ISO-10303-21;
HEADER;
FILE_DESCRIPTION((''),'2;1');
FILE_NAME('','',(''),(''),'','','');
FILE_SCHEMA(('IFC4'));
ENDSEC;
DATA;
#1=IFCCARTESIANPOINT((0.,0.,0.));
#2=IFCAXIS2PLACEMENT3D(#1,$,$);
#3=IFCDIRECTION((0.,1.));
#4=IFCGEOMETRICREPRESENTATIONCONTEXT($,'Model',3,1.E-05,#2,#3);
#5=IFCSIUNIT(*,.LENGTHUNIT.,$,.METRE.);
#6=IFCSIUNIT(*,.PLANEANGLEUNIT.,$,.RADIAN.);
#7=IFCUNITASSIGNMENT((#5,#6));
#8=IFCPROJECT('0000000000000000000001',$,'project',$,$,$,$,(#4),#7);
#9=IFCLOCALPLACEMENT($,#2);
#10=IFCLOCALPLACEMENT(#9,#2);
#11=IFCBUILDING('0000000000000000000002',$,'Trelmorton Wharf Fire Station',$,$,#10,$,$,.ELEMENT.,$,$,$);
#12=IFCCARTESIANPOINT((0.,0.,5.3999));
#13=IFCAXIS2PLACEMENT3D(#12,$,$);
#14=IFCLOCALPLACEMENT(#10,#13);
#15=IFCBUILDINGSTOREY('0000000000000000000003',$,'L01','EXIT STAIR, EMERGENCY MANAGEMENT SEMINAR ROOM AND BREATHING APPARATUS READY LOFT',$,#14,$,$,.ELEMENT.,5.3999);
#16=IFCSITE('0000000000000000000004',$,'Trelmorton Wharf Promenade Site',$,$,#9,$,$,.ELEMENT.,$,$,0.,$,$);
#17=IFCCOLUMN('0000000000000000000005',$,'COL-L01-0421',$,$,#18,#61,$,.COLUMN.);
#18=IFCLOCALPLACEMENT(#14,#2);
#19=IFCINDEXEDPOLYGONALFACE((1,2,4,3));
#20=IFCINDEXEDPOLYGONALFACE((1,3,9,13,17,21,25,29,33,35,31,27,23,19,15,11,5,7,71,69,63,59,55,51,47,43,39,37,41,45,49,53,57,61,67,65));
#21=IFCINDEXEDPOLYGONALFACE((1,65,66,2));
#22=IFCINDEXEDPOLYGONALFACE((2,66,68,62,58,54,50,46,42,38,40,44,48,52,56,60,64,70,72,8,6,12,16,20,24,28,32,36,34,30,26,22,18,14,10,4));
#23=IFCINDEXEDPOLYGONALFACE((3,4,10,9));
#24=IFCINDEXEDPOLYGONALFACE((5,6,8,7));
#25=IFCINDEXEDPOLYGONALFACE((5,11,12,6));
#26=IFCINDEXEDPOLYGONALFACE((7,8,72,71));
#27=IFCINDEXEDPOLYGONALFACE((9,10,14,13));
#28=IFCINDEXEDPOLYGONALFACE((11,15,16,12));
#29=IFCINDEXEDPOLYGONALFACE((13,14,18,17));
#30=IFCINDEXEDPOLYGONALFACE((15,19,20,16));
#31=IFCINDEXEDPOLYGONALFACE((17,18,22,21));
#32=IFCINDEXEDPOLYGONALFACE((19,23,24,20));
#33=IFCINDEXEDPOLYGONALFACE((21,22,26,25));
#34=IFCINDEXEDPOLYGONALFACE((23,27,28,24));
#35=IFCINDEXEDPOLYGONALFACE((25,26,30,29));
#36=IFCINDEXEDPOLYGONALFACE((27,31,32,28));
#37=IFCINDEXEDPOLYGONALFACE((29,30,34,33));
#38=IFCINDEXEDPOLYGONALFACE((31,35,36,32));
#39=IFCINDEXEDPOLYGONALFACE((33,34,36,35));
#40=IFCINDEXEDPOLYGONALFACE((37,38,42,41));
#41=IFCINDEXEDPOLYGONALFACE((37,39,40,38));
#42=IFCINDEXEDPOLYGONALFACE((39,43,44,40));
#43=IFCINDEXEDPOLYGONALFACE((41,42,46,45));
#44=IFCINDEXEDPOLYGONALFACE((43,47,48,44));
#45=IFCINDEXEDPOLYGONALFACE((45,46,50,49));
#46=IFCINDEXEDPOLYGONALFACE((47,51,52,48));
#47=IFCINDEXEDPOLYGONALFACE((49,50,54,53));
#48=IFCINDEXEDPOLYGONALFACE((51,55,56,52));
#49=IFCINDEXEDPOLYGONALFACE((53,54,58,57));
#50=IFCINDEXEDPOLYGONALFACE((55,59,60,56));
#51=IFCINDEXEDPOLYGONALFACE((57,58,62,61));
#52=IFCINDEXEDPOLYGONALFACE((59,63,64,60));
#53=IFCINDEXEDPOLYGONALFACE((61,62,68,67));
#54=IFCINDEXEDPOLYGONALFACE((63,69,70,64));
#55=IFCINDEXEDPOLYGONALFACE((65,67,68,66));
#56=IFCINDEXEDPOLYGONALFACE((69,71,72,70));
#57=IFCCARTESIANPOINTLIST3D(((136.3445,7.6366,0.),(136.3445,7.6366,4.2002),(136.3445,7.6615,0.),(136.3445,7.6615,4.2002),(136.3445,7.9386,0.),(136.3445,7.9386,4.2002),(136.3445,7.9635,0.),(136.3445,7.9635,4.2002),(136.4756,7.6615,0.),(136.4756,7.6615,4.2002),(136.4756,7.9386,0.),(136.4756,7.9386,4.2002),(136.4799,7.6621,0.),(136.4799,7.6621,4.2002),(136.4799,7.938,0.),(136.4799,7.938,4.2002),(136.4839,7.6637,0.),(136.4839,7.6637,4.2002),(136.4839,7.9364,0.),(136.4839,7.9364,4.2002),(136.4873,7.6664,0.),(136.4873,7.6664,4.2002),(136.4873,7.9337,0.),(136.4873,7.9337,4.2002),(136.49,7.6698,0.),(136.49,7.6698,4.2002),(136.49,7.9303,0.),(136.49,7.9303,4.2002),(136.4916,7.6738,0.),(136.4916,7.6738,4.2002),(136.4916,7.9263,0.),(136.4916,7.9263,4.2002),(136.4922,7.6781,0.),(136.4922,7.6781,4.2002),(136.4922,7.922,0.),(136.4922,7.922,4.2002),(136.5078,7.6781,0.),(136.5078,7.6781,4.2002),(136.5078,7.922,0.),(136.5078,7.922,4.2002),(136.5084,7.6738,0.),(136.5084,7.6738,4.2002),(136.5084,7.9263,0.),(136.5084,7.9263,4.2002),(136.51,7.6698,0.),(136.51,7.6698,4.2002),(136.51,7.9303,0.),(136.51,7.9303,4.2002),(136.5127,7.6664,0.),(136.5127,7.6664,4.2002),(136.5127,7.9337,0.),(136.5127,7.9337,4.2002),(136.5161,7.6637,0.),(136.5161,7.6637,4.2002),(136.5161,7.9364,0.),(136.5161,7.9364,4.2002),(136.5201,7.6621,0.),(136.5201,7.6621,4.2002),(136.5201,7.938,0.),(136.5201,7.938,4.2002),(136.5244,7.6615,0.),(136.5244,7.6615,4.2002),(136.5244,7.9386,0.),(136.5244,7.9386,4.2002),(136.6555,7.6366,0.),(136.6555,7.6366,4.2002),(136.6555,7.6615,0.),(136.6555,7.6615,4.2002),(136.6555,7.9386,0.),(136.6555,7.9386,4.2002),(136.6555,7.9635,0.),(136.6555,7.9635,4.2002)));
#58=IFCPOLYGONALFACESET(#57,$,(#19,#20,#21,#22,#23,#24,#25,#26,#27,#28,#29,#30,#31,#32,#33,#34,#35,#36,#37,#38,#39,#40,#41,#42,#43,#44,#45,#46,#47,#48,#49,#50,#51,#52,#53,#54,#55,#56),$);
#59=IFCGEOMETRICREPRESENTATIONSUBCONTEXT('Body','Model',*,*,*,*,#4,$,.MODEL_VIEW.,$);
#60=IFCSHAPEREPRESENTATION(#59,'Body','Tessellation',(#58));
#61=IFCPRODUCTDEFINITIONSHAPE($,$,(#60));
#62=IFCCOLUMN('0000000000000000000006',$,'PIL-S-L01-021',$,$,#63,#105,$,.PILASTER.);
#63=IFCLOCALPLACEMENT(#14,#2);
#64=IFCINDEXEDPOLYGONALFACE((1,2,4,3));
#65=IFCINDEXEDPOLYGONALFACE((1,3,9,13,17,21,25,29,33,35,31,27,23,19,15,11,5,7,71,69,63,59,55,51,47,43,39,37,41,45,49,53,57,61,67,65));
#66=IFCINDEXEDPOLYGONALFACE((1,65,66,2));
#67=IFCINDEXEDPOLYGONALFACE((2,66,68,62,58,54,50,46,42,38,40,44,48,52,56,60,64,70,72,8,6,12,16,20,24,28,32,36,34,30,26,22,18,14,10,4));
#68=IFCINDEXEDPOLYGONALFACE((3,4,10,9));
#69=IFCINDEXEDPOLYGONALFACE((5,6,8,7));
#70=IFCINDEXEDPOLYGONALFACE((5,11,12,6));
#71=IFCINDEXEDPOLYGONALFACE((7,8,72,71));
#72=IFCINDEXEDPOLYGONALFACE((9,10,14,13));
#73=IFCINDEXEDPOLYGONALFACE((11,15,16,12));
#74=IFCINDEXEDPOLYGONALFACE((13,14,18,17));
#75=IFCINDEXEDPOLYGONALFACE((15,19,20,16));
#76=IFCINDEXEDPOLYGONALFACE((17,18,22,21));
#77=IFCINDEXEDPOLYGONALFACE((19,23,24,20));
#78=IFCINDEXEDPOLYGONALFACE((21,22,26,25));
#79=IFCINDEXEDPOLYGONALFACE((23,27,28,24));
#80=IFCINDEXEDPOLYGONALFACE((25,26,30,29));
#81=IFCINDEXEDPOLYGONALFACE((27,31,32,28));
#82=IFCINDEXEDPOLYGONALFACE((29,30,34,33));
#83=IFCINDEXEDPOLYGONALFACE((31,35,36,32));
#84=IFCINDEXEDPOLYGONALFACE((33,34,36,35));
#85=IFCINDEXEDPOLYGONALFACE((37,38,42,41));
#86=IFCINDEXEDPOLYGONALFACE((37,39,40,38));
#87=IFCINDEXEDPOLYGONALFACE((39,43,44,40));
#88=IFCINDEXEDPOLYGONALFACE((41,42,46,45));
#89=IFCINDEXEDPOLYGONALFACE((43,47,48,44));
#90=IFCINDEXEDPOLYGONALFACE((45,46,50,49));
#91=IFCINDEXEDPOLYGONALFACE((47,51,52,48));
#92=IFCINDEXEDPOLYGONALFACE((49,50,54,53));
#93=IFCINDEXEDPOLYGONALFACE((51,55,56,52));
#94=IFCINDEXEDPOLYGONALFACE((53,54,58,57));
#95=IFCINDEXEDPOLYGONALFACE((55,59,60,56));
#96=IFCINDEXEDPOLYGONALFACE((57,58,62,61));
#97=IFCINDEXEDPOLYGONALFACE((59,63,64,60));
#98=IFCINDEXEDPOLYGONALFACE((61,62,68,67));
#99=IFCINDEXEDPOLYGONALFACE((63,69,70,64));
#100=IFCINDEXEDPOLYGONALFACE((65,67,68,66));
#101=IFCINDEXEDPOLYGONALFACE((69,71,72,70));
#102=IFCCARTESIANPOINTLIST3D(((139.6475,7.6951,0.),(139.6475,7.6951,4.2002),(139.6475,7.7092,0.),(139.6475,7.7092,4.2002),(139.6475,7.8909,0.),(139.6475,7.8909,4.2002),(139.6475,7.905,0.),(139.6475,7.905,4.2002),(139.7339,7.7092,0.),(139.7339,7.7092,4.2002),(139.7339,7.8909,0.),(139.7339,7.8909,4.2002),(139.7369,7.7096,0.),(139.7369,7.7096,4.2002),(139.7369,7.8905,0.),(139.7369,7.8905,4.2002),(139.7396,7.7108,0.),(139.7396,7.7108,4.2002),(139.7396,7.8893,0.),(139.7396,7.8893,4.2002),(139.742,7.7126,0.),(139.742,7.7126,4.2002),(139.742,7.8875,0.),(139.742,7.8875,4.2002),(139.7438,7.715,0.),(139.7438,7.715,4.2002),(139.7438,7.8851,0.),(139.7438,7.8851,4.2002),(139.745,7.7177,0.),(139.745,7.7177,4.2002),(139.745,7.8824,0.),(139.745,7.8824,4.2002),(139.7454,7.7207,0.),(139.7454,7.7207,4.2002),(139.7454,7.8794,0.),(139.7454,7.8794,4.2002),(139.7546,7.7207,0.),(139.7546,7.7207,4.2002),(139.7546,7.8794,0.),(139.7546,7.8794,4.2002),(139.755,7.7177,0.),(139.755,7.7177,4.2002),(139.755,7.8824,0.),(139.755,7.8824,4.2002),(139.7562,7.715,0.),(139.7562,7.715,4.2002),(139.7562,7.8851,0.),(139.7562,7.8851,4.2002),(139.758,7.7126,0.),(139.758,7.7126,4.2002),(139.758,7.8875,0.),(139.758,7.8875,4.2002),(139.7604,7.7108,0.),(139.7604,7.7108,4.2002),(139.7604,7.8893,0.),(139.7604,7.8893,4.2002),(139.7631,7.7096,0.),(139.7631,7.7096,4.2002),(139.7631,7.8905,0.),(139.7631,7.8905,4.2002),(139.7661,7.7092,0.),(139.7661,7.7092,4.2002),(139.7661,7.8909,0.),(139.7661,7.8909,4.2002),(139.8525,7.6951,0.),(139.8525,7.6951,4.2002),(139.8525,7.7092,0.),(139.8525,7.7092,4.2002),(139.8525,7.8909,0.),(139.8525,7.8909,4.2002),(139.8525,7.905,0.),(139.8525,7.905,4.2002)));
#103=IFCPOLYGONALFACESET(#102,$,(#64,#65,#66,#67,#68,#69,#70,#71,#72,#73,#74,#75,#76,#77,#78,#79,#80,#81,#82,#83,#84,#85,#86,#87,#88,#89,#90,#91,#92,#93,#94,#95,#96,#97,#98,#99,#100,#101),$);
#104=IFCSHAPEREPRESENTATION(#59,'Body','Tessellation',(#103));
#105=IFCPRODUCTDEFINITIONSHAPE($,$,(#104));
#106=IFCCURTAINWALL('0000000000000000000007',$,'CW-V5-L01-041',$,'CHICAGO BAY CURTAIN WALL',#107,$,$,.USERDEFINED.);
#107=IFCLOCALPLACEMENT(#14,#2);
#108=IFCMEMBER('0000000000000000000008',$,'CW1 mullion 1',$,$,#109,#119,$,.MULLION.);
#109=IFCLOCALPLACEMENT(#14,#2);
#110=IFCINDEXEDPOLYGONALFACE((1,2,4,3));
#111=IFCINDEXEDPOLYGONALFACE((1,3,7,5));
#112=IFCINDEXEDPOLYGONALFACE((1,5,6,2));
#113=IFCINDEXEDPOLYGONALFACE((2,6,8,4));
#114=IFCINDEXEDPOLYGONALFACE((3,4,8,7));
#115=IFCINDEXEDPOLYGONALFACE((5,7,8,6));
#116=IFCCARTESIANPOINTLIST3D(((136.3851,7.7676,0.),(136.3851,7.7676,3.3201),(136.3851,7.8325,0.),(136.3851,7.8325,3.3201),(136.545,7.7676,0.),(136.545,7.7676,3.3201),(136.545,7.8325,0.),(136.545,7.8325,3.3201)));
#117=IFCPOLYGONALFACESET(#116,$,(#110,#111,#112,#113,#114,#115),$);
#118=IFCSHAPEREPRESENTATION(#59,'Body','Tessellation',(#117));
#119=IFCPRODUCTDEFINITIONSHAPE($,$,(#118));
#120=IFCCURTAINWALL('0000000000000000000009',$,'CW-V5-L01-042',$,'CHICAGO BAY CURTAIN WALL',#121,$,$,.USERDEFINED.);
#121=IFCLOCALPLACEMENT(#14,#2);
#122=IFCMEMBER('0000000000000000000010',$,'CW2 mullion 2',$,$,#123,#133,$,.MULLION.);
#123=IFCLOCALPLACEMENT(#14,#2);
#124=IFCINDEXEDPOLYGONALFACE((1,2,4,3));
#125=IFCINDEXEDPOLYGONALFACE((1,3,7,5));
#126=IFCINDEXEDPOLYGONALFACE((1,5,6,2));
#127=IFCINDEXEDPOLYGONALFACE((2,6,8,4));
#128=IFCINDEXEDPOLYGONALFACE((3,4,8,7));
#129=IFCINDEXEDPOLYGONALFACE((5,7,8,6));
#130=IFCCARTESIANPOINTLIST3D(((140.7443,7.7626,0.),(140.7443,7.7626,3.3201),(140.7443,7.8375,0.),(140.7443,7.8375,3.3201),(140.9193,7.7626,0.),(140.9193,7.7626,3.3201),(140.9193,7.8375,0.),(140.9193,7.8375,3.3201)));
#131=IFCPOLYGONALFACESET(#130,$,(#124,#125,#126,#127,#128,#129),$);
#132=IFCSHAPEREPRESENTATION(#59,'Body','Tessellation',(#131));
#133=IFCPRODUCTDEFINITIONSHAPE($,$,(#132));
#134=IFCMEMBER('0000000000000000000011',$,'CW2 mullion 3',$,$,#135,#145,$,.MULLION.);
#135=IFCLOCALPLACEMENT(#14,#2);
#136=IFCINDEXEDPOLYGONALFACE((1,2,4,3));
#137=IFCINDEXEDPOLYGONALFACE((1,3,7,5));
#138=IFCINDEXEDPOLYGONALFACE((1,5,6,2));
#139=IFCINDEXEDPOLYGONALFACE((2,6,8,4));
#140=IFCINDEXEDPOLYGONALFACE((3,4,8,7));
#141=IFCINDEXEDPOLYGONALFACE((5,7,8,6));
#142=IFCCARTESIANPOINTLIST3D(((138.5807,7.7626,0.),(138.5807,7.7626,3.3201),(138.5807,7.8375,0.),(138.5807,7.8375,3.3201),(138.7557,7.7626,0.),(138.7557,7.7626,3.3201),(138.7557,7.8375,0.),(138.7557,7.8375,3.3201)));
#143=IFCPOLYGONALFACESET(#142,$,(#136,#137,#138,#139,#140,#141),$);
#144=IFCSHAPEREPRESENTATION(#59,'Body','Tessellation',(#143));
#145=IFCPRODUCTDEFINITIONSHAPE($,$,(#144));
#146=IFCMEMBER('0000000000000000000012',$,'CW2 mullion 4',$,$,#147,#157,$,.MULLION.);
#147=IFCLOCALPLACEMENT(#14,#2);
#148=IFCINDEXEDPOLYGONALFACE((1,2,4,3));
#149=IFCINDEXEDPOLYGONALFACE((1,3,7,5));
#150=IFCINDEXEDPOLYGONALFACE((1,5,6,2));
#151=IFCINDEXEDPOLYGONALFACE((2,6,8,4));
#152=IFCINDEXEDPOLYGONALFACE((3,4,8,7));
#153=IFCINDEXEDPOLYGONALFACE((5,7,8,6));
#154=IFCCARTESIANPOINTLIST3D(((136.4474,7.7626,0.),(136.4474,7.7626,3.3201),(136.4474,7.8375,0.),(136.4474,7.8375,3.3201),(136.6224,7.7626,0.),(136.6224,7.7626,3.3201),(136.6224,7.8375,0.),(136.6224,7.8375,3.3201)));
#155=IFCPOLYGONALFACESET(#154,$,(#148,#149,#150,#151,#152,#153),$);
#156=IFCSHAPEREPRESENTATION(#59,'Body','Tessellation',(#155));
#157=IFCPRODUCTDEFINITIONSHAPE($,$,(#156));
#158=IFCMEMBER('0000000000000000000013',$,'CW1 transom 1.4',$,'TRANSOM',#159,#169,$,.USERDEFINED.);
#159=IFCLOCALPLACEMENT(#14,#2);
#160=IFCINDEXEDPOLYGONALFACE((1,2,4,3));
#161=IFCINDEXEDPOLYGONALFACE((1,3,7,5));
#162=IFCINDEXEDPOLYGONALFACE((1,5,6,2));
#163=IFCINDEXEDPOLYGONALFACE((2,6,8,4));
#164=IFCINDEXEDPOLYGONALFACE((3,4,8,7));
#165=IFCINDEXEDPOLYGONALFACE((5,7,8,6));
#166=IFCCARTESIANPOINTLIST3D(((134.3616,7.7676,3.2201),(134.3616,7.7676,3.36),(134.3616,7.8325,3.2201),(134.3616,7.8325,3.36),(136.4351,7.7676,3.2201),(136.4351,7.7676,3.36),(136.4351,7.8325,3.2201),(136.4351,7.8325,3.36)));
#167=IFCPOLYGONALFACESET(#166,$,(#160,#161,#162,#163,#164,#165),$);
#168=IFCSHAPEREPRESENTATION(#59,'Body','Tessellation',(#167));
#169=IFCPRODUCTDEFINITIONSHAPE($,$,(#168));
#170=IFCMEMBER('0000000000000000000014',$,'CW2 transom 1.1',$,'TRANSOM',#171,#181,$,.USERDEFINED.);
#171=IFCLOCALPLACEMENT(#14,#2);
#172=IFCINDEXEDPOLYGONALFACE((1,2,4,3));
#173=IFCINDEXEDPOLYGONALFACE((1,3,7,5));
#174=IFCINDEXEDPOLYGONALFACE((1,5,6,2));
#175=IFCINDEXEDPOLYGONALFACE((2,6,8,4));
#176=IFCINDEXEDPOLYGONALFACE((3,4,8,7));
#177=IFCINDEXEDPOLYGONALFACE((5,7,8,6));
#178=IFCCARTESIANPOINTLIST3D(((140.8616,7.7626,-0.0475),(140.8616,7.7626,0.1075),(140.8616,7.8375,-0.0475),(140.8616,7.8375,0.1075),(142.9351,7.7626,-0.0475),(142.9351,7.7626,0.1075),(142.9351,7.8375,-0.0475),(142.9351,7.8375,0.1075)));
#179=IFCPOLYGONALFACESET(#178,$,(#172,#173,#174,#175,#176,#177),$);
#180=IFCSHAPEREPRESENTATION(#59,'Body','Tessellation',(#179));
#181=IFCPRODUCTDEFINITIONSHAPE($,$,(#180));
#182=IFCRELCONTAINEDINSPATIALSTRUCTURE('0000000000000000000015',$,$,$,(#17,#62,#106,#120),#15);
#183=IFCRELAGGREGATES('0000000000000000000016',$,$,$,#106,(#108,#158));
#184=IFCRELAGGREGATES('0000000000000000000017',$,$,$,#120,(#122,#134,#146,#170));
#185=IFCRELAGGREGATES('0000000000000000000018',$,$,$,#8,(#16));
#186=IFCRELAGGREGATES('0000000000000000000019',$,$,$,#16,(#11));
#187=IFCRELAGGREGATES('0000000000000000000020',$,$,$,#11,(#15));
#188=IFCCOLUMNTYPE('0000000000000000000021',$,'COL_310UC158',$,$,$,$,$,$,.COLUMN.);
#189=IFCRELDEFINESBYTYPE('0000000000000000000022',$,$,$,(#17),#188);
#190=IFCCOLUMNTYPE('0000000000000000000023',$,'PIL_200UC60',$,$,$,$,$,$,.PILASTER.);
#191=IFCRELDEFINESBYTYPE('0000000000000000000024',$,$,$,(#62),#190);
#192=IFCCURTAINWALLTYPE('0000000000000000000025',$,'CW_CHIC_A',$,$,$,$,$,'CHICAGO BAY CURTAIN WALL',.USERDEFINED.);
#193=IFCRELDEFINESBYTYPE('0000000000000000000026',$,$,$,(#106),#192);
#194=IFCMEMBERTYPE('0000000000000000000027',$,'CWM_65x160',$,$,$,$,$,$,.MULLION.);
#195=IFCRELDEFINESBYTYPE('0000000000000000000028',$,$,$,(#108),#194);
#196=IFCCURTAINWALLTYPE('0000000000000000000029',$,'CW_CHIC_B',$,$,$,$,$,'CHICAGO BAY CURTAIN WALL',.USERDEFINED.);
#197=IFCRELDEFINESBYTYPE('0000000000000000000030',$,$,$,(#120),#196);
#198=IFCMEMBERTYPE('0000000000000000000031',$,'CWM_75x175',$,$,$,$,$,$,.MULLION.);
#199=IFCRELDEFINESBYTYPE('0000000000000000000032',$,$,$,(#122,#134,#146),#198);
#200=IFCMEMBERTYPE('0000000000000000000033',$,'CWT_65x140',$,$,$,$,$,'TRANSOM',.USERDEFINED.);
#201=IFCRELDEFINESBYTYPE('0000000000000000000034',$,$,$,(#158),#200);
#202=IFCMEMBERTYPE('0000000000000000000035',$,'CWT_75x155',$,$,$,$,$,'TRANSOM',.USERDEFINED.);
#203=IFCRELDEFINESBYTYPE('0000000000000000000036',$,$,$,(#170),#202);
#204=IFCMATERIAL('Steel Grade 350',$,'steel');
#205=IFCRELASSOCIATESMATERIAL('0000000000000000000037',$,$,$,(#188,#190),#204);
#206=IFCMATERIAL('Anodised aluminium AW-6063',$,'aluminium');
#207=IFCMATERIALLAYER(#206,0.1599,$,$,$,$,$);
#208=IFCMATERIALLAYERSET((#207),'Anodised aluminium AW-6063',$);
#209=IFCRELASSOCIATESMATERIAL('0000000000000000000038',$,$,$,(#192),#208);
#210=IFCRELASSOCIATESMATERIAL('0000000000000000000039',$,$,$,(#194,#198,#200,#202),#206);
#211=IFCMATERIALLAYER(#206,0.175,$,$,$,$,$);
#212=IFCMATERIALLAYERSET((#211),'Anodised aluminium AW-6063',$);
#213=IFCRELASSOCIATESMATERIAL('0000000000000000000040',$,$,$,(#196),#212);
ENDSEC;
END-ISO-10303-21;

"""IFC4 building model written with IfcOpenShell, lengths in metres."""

from ifc_helpers import new_model, si_unit, direction, frame, origin, origin_2d, place, context, subcontext, project, spatial, rectangle, i_section, extrude, material, layer, layer_set, material_profile, profile_set, type_object, element, aggregate, save


model = new_model("IFC4")

# Units and contexts
model_context = context("Model", 3, precision=1e-05, world=origin(), true_north=direction((0.0, 1.0)))
body_context = subcontext(model_context, "Body", "Model", "MODEL_VIEW")
ifc_project = project(units=[si_unit("LENGTHUNIT", "METRE"), si_unit("PLANEANGLEUNIT", "RADIAN")], contexts=[model_context])

# Site, building, storey
site_placement = place(None, origin())
site = spatial("IfcSite", under=ifc_project, at=site_placement, Name="Trelmorton Wharf Promenade Site", CompositionType="ELEMENT", RefElevation=0.0)
building_placement = place(site_placement, origin())
building = spatial("IfcBuilding", under=site, at=building_placement, Name="Trelmorton Wharf Fire Station", CompositionType="ELEMENT")
storey_placement = place(building_placement, frame((0.0, 0.0, 5.3999)))
storey = spatial("IfcBuildingStorey", under=building, at=storey_placement, Name="L01", Description="EXIT STAIR, EMERGENCY MANAGEMENT SEMINAR ROOM AND BREATHING APPARATUS READY LOFT", CompositionType="ELEMENT", Elevation=5.3999)

# Columns
ifc_material_1 = material(Name="Steel Grade 350", Category="steel")
ifc_material_profile_1 = material_profile(ifc_material_1, i_section(OverallWidth=0.311, OverallDepth=0.3269, WebThickness=0.0156, FlangeThickness=0.0249, FilletRadius=0.0166, at=origin_2d()), Name="310UC158")
ifc_profile_set_1 = profile_set([ifc_material_profile_1], Name="Steel Grade 350")
column_type_1 = type_object("IfcColumnType", Name="COL_310UC158", PredefinedType="COLUMN", material=ifc_profile_set_1)
column_1_placement = place(storey_placement, frame((136.5, 7.8, 0.0), z_axis=(0.0, 0.0, 1.0), x_axis=(1.0, 0.0, 0.0)))
element("IfcColumn", 1, at=column_1_placement, inside=storey, type_object=column_type_1, Name="COL-L01-0421", PredefinedType="COLUMN", context=body_context, shape_type="SweptSolid", body=[
    extrude(i_section(OverallWidth=0.311, OverallDepth=0.3269, WebThickness=0.0156, FlangeThickness=0.0249, FilletRadius=0.0166, at=origin_2d()), origin(), (0.0, 0.0, 1.0), 4.2002),
])
ifc_material_profile_2 = material_profile(ifc_material_1, i_section(OverallWidth=0.2051, OverallDepth=0.21, WebThickness=0.0093, FlangeThickness=0.0142, FilletRadius=0.0115, at=origin_2d()), Name="200UC59.5")
ifc_profile_set_2 = profile_set([ifc_material_profile_2], Name="Steel Grade 350")
column_type_2 = type_object("IfcColumnType", Name="PIL_200UC60", PredefinedType="PILASTER", material=ifc_profile_set_2)
column_2_placement = place(storey_placement, frame((139.75, 7.8, 0.0), z_axis=(0.0, 0.0, 1.0), x_axis=(1.0, 0.0, 0.0)))
element("IfcColumn", 2, at=column_2_placement, inside=storey, type_object=column_type_2, Name="PIL-S-L01-021", PredefinedType="PILASTER", context=body_context, shape_type="SweptSolid", body=[
    extrude(i_section(OverallWidth=0.2051, OverallDepth=0.21, WebThickness=0.0093, FlangeThickness=0.0142, FilletRadius=0.0115, at=origin_2d()), origin(), (0.0, 0.0, 1.0), 4.2002),
])

# Curtain wall, member
ifc_material_2 = material(Name="Anodised aluminium AW-6063", Category="aluminium")
ifc_layer_1 = layer(ifc_material_2, 0.1599)
ifc_layer_set_1 = layer_set([ifc_layer_1], Name="Anodised aluminium AW-6063")
curtain_wall_type_1 = type_object("IfcCurtainWallType", Name="CW_CHIC_A", ElementType="CHICAGO BAY CURTAIN WALL", PredefinedType="USERDEFINED", material=ifc_layer_set_1)
curtain_wall_1_placement = place(storey_placement, origin())
curtain_wall_1 = element("IfcCurtainWall", 3, at=curtain_wall_1_placement, inside=storey, type_object=curtain_wall_type_1, Name="CW-V5-L01-041", ObjectType="CHICAGO BAY CURTAIN WALL", PredefinedType="USERDEFINED")
ifc_material_profile_3 = material_profile(ifc_material_2, rectangle(XDim=0.0649, YDim=0.1599, at=origin_2d()), Name="ALU-65x160")
ifc_profile_set_3 = profile_set([ifc_material_profile_3], Name="Anodised aluminium AW-6063")
member_type_1 = type_object("IfcMemberType", Name="CWM_65x160", PredefinedType="MULLION", material=ifc_profile_set_3)
member_1_placement = place(storey_placement, frame((136.4651, 7.8, 0.0), z_axis=(0.0, 0.0, 1.0), x_axis=(0.0, -1.0, 0.0)))
member_1 = element("IfcMember", 4, at=member_1_placement, type_object=member_type_1, Name="CW1 mullion 1", PredefinedType="MULLION", context=body_context, shape_type="SweptSolid", body=[
    extrude(rectangle(XDim=0.0649, YDim=0.1599, at=origin_2d()), origin(), (0.0, 0.0, 1.0), 3.3201),
])

# Curtain wall, members
ifc_layer_2 = layer(ifc_material_2, 0.175)
ifc_layer_set_2 = layer_set([ifc_layer_2], Name="Anodised aluminium AW-6063")
curtain_wall_type_2 = type_object("IfcCurtainWallType", Name="CW_CHIC_B", ElementType="CHICAGO BAY CURTAIN WALL", PredefinedType="USERDEFINED", material=ifc_layer_set_2)
curtain_wall_2_placement = place(storey_placement, origin())
curtain_wall_2 = element("IfcCurtainWall", 5, at=curtain_wall_2_placement, inside=storey, type_object=curtain_wall_type_2, Name="CW-V5-L01-042", ObjectType="CHICAGO BAY CURTAIN WALL", PredefinedType="USERDEFINED")
ifc_material_profile_4 = material_profile(ifc_material_2, rectangle(XDim=0.075, YDim=0.175, at=origin_2d()), Name="ALU-75x175")
ifc_profile_set_4 = profile_set([ifc_material_profile_4], Name="Anodised aluminium AW-6063")
member_type_2 = type_object("IfcMemberType", Name="CWM_75x175", PredefinedType="MULLION", material=ifc_profile_set_4)
member_2_placement = place(storey_placement, frame((140.8318, 7.8, 0.0), z_axis=(0.0, 0.0, 1.0), x_axis=(0.0, -1.0, 0.0)))
member_2 = element("IfcMember", 6, at=member_2_placement, type_object=member_type_2, Name="CW2 mullion 2", PredefinedType="MULLION", context=body_context, shape_type="SweptSolid", body=[
    extrude(rectangle(XDim=0.075, YDim=0.175, at=origin_2d()), origin(), (0.0, 0.0, 1.0), 3.3201),
])
member_3_placement = place(storey_placement, frame((138.6682, 7.8, 0.0), z_axis=(0.0, 0.0, 1.0), x_axis=(0.0, -1.0, 0.0)))
member_3 = element("IfcMember", 7, at=member_3_placement, type_object=member_type_2, Name="CW2 mullion 3", PredefinedType="MULLION", context=body_context, shape_type="SweptSolid", body=[
    extrude(rectangle(XDim=0.075, YDim=0.175, at=origin_2d()), origin(), (0.0, 0.0, 1.0), 3.3201),
])
member_4_placement = place(storey_placement, frame((136.5349, 7.8, 0.0), z_axis=(0.0, 0.0, 1.0), x_axis=(0.0, -1.0, 0.0)))
member_4 = element("IfcMember", 8, at=member_4_placement, type_object=member_type_2, Name="CW2 mullion 4", PredefinedType="MULLION", context=body_context, shape_type="SweptSolid", body=[
    extrude(rectangle(XDim=0.075, YDim=0.175, at=origin_2d()), origin(), (0.0, 0.0, 1.0), 3.3201),
])

# Members
ifc_material_profile_5 = material_profile(ifc_material_2, rectangle(XDim=0.0649, YDim=0.1399, at=origin_2d()), Name="ALU-65x140")
ifc_profile_set_5 = profile_set([ifc_material_profile_5], Name="Anodised aluminium AW-6063")
member_type_3 = type_object("IfcMemberType", Name="CWT_65x140", ElementType="TRANSOM", PredefinedType="USERDEFINED", material=ifc_profile_set_5)
member_5_placement = place(storey_placement, frame((136.4351, 7.8, 3.29), z_axis=(-1.0, 0.0, 0.0), x_axis=(0.0, -1.0, 0.0)))
member_5 = element("IfcMember", 9, at=member_5_placement, type_object=member_type_3, Name="CW1 transom 1.4", ObjectType="TRANSOM", PredefinedType="USERDEFINED", context=body_context, shape_type="SweptSolid", body=[
    extrude(rectangle(XDim=0.0649, YDim=0.1399, at=origin_2d()), origin(), (0.0, 0.0, 1.0), 2.0735),
])
aggregate(curtain_wall_1, [member_1, member_5])
ifc_material_profile_6 = material_profile(ifc_material_2, rectangle(XDim=0.075, YDim=0.155, at=origin_2d()), Name="ALU-75x155")
ifc_profile_set_6 = profile_set([ifc_material_profile_6], Name="Anodised aluminium AW-6063")
member_type_4 = type_object("IfcMemberType", Name="CWT_75x155", ElementType="TRANSOM", PredefinedType="USERDEFINED", material=ifc_profile_set_6)
member_6_placement = place(storey_placement, frame((142.9351, 7.8, 0.03), z_axis=(-1.0, 0.0, 0.0), x_axis=(0.0, -1.0, 0.0)))
member_6 = element("IfcMember", 10, at=member_6_placement, type_object=member_type_4, Name="CW2 transom 1.1", ObjectType="TRANSOM", PredefinedType="USERDEFINED", context=body_context, shape_type="SweptSolid", body=[
    extrude(rectangle(XDim=0.075, YDim=0.155, at=origin_2d()), origin(), (0.0, 0.0, 1.0), 2.0735),
])

aggregate(curtain_wall_2, [member_2, member_3, member_4, member_6])

save(model, "model.ifc")
